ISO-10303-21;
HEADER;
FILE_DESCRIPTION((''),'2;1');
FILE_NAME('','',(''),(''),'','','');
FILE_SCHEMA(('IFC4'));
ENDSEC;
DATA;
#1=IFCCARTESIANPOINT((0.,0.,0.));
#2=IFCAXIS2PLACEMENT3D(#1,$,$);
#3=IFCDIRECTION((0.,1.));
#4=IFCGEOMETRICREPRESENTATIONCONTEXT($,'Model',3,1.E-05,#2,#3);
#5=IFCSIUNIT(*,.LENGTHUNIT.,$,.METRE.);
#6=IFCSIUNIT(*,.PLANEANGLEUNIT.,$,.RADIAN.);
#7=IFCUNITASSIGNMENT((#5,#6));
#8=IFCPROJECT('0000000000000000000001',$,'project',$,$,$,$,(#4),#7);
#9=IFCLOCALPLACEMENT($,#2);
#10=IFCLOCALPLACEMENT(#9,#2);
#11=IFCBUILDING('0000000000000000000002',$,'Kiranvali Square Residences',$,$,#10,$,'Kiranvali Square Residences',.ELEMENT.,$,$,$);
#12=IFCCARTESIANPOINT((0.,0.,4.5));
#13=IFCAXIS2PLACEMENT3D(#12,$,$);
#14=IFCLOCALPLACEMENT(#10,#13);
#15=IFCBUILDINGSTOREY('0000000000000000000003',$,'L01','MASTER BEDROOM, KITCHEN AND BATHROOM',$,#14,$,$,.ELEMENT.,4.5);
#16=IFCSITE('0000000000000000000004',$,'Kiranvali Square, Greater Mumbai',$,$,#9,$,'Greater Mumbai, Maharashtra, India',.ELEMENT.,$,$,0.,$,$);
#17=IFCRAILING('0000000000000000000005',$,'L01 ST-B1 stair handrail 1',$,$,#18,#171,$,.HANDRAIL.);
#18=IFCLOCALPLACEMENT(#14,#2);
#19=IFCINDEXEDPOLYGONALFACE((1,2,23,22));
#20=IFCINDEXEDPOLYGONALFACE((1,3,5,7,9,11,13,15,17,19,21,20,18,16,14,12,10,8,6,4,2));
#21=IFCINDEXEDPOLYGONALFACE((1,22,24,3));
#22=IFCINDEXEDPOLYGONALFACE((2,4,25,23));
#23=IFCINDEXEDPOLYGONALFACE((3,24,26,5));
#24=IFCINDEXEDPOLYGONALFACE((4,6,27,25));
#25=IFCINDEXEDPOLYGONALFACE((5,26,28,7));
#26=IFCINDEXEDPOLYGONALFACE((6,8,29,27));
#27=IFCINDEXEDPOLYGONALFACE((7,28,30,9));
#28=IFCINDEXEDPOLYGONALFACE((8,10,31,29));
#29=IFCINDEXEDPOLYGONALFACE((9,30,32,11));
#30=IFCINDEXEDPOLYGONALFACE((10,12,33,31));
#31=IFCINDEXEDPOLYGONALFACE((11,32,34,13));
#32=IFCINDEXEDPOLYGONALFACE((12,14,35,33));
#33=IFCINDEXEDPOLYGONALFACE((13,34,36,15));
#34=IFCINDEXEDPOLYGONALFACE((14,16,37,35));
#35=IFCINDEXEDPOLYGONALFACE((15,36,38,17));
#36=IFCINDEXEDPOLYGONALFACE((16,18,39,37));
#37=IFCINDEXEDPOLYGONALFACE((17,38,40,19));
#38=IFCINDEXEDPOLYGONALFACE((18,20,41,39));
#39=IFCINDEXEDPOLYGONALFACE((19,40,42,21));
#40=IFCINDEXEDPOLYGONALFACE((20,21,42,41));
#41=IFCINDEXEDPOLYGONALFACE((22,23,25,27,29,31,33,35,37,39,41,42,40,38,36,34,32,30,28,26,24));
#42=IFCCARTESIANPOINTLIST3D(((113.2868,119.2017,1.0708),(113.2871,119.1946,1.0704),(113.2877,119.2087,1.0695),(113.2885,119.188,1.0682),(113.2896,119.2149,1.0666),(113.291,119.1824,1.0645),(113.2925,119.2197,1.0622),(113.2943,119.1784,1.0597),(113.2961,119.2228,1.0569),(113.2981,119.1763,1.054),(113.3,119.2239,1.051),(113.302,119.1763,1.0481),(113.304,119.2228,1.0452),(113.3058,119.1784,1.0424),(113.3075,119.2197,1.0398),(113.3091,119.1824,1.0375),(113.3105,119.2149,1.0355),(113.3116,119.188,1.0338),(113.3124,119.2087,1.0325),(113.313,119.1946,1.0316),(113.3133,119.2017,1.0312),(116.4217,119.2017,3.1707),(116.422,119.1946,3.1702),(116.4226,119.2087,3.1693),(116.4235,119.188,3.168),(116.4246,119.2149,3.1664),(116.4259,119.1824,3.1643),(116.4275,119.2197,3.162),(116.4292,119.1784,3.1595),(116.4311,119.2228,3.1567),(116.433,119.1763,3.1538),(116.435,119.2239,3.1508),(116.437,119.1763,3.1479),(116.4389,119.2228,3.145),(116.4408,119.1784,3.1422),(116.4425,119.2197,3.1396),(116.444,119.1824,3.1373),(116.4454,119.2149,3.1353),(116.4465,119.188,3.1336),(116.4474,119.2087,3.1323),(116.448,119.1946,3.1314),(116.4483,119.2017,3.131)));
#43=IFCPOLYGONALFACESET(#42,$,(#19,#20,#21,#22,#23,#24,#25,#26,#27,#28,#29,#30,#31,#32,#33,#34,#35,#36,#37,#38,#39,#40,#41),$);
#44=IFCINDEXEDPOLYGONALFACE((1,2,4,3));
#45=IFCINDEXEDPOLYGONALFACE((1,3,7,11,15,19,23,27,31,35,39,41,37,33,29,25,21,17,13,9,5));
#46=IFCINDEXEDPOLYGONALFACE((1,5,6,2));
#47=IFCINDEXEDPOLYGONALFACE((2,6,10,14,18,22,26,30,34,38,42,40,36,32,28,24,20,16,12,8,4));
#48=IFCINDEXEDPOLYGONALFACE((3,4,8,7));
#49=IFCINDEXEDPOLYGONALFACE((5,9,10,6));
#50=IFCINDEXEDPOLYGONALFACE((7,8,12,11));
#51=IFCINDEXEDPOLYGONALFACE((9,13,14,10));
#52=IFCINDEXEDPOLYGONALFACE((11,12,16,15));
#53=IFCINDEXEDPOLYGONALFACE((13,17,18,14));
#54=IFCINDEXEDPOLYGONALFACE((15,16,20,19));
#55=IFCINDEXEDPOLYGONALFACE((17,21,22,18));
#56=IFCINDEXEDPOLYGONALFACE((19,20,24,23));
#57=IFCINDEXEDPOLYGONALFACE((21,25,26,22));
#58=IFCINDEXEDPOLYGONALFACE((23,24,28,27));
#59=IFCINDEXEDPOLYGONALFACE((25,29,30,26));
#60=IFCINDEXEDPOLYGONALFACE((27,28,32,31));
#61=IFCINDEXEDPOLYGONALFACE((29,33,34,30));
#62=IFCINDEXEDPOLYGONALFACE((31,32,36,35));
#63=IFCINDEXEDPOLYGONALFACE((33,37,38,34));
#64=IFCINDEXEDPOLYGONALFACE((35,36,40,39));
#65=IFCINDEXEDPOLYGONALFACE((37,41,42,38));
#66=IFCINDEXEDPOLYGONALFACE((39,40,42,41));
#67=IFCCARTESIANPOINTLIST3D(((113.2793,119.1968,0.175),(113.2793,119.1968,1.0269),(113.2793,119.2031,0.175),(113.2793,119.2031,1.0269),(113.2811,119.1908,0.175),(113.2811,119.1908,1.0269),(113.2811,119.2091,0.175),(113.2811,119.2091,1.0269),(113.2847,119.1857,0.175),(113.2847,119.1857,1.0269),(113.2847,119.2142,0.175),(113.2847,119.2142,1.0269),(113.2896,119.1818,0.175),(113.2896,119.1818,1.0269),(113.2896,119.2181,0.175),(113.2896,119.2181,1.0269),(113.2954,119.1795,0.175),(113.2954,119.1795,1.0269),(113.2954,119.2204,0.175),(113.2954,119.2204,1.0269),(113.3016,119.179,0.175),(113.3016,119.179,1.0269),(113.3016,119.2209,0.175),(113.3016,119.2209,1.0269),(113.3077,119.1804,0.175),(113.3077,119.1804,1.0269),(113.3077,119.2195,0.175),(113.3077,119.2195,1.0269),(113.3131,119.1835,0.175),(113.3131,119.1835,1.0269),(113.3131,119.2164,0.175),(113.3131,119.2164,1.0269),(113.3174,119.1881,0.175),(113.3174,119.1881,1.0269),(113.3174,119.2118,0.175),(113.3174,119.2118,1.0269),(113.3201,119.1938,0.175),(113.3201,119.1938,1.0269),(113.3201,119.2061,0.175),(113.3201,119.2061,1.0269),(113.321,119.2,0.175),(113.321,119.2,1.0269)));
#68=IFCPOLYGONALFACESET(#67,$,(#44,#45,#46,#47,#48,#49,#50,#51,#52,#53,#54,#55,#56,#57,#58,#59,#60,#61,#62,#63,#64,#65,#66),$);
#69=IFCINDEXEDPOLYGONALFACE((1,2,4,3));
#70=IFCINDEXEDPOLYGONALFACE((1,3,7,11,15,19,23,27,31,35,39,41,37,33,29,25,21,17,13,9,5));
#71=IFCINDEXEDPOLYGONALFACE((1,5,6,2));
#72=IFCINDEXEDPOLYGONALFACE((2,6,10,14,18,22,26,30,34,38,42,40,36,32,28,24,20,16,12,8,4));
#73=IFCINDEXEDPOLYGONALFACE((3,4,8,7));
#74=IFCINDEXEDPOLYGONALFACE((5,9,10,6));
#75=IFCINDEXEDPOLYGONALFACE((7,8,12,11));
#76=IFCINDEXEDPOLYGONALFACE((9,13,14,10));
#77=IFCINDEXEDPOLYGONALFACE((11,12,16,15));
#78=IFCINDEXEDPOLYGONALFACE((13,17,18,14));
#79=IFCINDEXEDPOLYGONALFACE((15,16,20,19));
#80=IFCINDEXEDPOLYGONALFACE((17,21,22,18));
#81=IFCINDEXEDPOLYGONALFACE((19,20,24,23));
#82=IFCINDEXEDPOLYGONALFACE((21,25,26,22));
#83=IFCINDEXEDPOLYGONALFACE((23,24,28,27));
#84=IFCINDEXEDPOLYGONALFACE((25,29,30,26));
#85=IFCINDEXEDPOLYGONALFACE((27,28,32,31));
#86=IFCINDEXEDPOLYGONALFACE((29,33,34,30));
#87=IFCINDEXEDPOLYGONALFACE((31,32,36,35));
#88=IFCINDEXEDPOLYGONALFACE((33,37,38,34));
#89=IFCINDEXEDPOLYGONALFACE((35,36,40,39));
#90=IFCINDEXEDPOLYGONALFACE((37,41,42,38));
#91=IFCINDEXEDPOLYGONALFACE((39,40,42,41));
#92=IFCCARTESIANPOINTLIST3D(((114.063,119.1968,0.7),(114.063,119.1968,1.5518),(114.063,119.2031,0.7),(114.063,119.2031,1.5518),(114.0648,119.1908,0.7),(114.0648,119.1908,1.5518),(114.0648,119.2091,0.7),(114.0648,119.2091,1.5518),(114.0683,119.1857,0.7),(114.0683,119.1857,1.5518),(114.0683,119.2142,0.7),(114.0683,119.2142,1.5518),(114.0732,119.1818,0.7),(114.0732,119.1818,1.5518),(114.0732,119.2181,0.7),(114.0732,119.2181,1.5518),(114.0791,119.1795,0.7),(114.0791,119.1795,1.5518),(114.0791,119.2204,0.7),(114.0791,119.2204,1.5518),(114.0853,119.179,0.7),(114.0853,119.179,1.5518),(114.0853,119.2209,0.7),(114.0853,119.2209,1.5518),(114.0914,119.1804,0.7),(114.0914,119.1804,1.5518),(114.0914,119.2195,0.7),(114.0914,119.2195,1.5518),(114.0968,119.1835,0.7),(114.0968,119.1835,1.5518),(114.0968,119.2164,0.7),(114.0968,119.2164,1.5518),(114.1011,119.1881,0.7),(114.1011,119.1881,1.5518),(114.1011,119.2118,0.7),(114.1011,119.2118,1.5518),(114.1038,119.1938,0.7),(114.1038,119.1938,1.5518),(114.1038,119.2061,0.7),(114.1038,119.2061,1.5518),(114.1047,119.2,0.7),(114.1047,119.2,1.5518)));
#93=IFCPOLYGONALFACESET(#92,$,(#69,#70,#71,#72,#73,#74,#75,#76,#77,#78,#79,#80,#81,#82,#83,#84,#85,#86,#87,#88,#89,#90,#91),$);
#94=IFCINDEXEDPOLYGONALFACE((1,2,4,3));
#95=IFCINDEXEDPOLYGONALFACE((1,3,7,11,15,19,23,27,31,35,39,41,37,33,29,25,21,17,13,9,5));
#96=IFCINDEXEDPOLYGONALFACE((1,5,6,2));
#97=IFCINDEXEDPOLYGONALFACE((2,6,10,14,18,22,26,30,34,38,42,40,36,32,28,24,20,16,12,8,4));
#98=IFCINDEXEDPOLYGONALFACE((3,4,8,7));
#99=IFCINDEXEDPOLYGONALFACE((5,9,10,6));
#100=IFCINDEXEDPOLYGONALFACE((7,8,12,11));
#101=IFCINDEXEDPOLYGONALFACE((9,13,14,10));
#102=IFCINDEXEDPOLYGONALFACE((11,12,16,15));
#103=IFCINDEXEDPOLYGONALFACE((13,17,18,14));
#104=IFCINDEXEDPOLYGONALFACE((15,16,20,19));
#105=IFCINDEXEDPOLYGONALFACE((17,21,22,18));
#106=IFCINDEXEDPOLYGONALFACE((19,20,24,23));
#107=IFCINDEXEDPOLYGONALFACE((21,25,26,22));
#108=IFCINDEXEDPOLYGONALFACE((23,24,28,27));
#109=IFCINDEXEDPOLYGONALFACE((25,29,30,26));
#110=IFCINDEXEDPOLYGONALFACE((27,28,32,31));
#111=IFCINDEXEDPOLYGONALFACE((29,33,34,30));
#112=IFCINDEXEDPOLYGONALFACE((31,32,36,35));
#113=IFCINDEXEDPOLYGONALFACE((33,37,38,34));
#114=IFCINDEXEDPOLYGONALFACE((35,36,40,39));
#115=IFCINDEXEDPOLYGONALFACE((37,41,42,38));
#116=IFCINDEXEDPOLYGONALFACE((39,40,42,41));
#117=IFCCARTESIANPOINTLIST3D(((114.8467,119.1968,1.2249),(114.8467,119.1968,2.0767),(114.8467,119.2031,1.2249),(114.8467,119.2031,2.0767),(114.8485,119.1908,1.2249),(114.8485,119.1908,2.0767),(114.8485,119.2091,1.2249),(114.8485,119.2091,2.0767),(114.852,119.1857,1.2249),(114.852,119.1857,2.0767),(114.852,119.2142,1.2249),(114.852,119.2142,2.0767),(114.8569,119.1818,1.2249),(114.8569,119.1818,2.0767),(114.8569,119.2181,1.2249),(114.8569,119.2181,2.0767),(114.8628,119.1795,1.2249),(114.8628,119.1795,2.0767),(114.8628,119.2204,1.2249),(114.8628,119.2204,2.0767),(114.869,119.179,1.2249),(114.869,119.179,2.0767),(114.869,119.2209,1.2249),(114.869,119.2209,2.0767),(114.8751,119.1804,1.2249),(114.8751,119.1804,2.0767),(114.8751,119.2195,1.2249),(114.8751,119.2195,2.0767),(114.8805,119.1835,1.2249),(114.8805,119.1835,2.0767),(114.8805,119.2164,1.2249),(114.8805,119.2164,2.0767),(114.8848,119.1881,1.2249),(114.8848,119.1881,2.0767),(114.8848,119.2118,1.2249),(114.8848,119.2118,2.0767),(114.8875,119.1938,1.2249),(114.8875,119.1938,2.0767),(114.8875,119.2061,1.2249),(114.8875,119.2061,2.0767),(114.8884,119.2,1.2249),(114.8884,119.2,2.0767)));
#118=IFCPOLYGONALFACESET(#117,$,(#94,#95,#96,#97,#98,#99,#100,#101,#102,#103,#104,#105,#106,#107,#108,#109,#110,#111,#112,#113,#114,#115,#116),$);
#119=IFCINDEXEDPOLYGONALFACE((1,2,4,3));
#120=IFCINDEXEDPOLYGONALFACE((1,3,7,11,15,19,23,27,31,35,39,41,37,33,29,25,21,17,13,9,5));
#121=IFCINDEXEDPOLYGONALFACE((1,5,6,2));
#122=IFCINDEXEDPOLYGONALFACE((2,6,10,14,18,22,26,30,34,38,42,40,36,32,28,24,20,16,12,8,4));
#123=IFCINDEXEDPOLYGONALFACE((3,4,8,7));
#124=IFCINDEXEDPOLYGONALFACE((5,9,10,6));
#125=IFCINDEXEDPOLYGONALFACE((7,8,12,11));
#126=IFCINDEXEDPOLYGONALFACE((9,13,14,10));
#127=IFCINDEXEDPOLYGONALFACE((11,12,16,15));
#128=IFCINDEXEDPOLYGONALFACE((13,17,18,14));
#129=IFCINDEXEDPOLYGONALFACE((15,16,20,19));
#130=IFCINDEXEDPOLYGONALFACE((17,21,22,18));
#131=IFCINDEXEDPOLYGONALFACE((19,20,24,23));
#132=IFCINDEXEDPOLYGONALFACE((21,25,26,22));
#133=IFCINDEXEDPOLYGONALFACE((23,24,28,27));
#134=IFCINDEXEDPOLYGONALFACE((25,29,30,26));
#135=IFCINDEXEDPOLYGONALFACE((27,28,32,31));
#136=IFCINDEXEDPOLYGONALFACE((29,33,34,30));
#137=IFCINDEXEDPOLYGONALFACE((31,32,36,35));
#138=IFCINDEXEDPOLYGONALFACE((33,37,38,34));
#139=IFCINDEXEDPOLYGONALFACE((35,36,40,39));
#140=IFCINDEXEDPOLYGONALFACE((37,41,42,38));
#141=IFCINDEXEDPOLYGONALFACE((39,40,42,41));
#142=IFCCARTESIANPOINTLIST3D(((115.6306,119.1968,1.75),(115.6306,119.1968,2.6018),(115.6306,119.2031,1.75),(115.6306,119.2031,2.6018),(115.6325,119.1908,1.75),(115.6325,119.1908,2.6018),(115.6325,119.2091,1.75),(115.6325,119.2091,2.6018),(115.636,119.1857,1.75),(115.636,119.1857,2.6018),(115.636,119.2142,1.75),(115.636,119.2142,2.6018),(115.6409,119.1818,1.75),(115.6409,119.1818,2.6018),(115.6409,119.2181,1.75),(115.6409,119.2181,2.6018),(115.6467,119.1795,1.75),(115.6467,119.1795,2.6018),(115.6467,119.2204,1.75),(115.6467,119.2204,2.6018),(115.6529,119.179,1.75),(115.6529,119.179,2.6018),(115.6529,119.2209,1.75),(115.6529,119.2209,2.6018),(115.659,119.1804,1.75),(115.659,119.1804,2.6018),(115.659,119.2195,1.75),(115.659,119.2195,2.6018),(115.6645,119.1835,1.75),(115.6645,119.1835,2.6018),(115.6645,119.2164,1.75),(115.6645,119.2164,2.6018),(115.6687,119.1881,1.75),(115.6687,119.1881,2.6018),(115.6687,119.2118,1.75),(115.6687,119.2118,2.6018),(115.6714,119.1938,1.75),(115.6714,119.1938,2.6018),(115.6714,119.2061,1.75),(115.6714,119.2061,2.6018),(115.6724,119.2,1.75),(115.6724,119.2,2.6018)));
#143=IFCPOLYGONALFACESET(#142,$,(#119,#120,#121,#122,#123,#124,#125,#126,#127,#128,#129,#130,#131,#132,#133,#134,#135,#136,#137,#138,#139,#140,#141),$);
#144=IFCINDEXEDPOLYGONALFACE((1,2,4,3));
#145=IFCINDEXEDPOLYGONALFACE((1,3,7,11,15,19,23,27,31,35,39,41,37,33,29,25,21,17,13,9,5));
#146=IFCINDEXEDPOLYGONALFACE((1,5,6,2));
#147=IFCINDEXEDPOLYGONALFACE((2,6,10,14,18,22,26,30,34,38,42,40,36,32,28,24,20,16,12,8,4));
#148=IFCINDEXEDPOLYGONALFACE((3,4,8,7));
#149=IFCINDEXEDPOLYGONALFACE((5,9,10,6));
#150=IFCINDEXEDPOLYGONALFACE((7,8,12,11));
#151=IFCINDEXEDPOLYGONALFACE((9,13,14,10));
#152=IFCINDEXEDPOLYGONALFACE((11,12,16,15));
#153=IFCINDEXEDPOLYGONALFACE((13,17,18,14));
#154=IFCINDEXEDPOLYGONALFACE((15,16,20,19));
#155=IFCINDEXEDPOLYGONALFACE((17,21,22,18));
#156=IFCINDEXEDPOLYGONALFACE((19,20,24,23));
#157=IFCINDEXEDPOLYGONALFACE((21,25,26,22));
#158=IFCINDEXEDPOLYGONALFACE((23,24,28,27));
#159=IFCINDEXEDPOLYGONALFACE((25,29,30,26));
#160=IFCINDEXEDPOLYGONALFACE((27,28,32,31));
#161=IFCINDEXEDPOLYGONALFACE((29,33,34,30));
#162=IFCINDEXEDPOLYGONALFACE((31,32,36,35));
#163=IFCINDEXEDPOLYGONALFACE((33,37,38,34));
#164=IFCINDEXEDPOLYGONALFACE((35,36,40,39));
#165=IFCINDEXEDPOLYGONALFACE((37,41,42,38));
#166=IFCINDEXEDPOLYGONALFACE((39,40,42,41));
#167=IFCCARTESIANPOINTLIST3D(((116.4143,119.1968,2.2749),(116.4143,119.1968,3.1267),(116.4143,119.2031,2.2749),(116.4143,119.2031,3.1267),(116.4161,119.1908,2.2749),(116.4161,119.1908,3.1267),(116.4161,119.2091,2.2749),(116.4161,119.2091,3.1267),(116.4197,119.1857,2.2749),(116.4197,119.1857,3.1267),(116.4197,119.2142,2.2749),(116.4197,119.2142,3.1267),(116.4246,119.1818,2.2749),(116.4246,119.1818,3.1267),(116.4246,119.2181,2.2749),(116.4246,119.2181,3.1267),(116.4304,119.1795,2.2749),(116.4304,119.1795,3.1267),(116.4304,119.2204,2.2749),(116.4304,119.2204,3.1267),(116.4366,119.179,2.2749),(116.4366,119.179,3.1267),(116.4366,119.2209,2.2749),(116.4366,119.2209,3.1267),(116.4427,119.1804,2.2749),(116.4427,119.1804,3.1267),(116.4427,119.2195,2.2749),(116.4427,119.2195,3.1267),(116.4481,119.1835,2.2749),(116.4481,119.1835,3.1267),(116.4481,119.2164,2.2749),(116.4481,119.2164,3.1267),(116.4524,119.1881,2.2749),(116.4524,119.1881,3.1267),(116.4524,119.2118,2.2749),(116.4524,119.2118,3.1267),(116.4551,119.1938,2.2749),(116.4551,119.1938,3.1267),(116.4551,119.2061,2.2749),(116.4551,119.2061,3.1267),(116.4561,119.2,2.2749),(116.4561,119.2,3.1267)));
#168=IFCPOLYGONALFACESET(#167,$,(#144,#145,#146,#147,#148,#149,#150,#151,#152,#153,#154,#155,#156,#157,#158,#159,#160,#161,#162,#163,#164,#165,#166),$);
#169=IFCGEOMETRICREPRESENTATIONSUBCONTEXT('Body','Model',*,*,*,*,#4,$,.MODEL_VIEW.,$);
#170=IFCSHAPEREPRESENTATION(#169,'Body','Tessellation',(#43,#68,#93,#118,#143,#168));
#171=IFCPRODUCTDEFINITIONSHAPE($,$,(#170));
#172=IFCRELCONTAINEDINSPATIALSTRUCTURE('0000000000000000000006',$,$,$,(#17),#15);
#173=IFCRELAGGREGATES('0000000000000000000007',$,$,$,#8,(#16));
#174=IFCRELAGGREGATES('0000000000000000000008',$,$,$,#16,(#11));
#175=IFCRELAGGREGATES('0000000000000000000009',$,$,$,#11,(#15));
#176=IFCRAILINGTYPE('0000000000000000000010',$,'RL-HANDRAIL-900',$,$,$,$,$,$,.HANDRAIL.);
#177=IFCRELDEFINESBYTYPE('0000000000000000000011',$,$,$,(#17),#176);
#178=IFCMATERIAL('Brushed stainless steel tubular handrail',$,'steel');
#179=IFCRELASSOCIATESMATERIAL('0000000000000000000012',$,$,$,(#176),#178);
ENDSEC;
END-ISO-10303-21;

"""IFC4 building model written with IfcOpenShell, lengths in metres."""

from ifc_helpers import new_model, si_unit, direction, frame, origin, origin_2d, place, context, subcontext, project, spatial, circle, extrude, material, type_object, element, save


model = new_model("IFC4")

# Units and contexts
model_context = context("Model", 3, precision=1e-05, world=origin(), true_north=direction((0.0, 1.0)))
body_context = subcontext(model_context, "Body", "Model", "MODEL_VIEW")
ifc_project = project(units=[si_unit("LENGTHUNIT", "METRE"), si_unit("PLANEANGLEUNIT", "RADIAN")], contexts=[model_context])

# Site, building, storey
site_placement = place(None, origin())
site = spatial("IfcSite", under=ifc_project, at=site_placement, Name="Kiranvali Square, Greater Mumbai", LongName="Greater Mumbai, Maharashtra, India", CompositionType="ELEMENT", RefElevation=0.0)
building_placement = place(site_placement, origin())
building = spatial("IfcBuilding", under=site, at=building_placement, Name="Kiranvali Square Residences", LongName="Kiranvali Square Residences", CompositionType="ELEMENT")
storey_placement = place(building_placement, frame((0.0, 0.0, 4.5)))
storey = spatial("IfcBuildingStorey", under=building, at=storey_placement, Name="L01", Description="MASTER BEDROOM, KITCHEN AND BATHROOM", CompositionType="ELEMENT", Elevation=4.5)

# Railing
ifc_material_1 = material(Name="Brushed stainless steel tubular handrail", Category="steel")
railing_type_1 = type_object("IfcRailingType", Name="RL-HANDRAIL-900", PredefinedType="HANDRAIL", material=ifc_material_1)
railing_1_placement = place(storey_placement, frame((113.3, 119.2, 0.175)))
element("IfcRailing", 1, at=railing_1_placement, inside=storey, type_object=railing_type_1, Name="L01 ST-B1 stair handrail 1", PredefinedType="HANDRAIL", context=body_context, shape_type="SweptSolid", body=[
    extrude(circle(Radius=0.0239, at=origin_2d()), frame((0.0, 0.0, 0.876), z_axis=(0.830844, 0.0, 0.556506), x_axis=(0.0, 1.0, 0.0)), (0.0, 0.0, 1.0), 3.7732),
    extrude(circle(Radius=0.021, at=origin_2d()), origin(), (0.0, 0.0, 1.0), 0.8518),
    extrude(circle(Radius=0.021, at=origin_2d()), frame((0.7837, 0.0, 0.5249)), (0.0, 0.0, 1.0), 0.8518),
    extrude(circle(Radius=0.021, at=origin_2d()), frame((1.5674, 0.0, 1.0498)), (0.0, 0.0, 1.0), 0.8518),
    extrude(circle(Radius=0.021, at=origin_2d()), frame((2.3513, 0.0, 1.575)), (0.0, 0.0, 1.0), 0.8518),
    extrude(circle(Radius=0.021, at=origin_2d()), frame((3.135, 0.0, 2.0999)), (0.0, 0.0, 1.0), 0.8518),
])

save(model, "model.ifc")
